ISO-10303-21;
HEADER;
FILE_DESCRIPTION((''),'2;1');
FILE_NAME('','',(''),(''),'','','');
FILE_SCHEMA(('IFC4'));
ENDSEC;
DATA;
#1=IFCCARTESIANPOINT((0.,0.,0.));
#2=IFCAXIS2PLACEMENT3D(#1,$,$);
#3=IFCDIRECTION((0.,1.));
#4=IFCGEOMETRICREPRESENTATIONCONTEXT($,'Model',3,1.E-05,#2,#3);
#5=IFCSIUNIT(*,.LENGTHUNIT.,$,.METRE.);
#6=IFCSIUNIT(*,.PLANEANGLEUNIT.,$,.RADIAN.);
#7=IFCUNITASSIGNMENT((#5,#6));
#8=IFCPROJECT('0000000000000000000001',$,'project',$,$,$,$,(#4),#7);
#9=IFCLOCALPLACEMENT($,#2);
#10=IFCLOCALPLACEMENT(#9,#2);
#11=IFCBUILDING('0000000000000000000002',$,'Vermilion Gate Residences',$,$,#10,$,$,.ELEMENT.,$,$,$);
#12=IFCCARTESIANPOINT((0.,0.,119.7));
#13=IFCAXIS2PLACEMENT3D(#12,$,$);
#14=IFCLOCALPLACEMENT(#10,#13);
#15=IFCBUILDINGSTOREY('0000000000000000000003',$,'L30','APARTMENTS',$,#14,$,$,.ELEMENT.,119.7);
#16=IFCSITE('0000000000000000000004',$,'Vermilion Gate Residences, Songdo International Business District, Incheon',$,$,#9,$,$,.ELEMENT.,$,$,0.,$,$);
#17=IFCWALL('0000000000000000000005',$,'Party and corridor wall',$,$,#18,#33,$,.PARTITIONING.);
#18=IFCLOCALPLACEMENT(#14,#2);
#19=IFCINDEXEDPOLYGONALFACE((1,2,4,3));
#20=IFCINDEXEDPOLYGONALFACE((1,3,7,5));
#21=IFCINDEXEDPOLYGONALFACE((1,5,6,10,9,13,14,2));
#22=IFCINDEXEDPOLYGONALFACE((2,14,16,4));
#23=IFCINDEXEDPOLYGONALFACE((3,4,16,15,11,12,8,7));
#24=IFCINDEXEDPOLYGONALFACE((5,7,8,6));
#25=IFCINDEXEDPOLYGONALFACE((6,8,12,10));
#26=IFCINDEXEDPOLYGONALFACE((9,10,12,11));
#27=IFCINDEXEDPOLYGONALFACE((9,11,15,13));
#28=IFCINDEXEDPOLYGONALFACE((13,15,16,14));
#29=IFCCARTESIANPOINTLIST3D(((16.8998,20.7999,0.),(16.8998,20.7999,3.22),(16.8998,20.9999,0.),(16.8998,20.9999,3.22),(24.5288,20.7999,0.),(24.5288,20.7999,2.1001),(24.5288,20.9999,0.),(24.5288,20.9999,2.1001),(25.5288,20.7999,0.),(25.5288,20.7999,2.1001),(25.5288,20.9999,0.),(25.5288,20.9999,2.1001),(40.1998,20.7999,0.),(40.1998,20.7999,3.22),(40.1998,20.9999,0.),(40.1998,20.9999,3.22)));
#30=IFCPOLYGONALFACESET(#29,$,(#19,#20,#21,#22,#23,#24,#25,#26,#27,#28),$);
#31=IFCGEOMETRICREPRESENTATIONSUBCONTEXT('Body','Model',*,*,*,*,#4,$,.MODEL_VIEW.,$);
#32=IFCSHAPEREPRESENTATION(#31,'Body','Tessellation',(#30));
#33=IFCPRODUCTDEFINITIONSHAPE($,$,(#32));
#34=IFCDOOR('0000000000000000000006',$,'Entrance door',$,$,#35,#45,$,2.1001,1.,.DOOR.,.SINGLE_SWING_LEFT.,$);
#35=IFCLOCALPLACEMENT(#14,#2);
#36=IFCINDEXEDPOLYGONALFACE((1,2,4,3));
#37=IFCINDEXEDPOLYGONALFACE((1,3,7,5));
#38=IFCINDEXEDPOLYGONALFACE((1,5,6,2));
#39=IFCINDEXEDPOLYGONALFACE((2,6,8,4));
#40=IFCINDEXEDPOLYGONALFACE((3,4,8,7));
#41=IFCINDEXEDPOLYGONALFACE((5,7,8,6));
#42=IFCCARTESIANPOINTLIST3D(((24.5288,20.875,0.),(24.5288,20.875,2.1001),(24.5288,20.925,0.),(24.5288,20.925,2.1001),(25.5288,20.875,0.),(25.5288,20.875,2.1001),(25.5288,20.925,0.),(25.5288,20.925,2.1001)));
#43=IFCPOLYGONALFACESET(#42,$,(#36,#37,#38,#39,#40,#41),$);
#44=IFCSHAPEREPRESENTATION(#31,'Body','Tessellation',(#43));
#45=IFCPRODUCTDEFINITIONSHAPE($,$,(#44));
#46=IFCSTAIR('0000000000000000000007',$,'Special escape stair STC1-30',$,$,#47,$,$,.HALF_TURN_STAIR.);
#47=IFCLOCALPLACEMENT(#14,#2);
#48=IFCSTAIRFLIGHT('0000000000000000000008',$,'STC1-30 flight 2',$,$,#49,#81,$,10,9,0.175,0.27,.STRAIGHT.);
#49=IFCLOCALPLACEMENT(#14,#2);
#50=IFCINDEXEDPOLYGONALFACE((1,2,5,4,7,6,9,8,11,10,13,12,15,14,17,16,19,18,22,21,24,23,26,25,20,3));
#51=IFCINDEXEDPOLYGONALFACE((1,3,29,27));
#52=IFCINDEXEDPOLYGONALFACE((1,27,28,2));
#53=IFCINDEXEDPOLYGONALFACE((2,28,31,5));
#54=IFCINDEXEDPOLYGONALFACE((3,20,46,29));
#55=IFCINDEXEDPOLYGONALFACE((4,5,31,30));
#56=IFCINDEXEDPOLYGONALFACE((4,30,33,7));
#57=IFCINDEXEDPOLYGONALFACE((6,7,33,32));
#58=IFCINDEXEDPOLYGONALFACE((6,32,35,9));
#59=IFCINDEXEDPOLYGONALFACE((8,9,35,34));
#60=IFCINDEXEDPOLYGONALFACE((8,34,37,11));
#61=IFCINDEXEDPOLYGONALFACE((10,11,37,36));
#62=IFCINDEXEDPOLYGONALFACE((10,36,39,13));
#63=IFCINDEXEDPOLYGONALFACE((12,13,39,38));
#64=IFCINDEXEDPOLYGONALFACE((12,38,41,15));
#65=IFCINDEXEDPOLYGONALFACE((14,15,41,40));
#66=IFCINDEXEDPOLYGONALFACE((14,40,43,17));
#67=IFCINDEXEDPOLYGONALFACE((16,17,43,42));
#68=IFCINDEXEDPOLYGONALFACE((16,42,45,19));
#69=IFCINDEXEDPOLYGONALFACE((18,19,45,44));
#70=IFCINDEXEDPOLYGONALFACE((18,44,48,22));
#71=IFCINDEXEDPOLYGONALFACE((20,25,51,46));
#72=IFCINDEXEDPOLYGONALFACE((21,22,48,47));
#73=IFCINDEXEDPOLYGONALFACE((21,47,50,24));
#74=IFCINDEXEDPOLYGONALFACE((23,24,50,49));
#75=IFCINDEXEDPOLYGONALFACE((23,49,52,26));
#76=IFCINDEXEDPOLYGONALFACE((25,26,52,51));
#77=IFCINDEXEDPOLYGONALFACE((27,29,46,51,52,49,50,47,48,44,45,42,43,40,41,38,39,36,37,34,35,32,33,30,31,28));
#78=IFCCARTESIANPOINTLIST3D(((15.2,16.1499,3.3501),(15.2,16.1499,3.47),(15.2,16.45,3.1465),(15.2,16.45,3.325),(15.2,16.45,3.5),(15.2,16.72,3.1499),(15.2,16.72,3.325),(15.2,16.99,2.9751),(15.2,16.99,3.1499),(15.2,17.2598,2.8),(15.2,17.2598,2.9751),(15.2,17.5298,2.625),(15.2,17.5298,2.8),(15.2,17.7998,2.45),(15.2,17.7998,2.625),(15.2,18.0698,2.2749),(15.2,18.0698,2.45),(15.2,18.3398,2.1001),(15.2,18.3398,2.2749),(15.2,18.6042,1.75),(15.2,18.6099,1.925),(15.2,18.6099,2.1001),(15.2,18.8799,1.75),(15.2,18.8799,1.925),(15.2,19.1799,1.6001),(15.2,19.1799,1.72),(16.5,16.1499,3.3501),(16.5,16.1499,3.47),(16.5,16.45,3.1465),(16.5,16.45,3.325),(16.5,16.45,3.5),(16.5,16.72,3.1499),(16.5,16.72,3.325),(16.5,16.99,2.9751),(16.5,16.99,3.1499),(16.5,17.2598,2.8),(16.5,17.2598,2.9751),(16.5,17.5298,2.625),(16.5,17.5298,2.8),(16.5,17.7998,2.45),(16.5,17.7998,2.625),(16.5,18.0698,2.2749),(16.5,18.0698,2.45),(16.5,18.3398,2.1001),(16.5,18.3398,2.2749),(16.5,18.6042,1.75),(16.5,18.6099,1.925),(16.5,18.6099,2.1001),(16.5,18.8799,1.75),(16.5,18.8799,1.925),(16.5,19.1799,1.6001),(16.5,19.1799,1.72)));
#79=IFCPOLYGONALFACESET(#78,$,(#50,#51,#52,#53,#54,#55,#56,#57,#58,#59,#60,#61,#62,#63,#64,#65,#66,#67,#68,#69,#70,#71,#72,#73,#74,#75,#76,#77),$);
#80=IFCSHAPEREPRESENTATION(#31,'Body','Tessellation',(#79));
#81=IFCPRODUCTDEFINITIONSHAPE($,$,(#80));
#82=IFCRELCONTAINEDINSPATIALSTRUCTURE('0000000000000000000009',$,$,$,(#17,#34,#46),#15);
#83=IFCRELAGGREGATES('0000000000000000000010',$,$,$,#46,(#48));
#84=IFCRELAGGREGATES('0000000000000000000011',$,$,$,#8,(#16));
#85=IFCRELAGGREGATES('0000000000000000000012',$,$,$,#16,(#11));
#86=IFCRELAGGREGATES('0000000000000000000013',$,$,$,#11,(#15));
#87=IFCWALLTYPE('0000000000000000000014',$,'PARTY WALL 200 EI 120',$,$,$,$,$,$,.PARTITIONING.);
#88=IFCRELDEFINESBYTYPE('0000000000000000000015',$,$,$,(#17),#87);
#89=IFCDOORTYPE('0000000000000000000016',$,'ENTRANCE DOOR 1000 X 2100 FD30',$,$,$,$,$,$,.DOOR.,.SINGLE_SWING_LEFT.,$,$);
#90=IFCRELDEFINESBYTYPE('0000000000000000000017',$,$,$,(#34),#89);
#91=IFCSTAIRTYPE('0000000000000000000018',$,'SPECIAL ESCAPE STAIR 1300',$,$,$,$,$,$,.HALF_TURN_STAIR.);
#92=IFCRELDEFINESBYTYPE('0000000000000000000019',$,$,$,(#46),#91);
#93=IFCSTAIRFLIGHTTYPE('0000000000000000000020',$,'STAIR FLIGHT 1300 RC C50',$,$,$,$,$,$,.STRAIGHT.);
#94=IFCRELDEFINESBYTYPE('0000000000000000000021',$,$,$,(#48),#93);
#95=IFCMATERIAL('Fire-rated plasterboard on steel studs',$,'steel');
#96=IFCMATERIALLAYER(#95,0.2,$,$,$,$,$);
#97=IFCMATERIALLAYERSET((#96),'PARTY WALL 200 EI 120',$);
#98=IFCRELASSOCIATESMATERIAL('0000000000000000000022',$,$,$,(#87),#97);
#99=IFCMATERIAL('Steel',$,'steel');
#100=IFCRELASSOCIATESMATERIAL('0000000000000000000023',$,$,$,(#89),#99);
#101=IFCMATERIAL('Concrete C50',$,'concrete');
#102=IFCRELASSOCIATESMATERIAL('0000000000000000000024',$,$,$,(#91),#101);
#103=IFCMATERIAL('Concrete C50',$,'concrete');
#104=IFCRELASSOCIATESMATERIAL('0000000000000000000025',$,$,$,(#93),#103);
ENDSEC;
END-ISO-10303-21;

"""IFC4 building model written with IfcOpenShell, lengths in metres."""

from ifc_helpers import new_model, si_unit, direction, frame, frame_2d, origin, place, context, subcontext, project, spatial, polyline, rectangle, outline, extrude, material, layer, layer_set, type_object, element, fill, aggregate, save


model = new_model("IFC4")

# Units and contexts
model_context = context("Model", 3, precision=1e-05, world=origin(), true_north=direction((0.0, 1.0)))
body_context = subcontext(model_context, "Body", "Model", "MODEL_VIEW")
ifc_project = project(units=[si_unit("LENGTHUNIT", "METRE"), si_unit("PLANEANGLEUNIT", "RADIAN")], contexts=[model_context])

# Site, building, storey
site_placement = place(None, origin())
site = spatial("IfcSite", under=ifc_project, at=site_placement, Name="Vermilion Gate Residences, Songdo International Business District, Incheon", CompositionType="ELEMENT", RefElevation=0.0)
building_placement = place(site_placement, origin())
building = spatial("IfcBuilding", under=site, at=building_placement, Name="Vermilion Gate Residences", CompositionType="ELEMENT")
storey_placement = place(building_placement, frame((0.0, 0.0, 119.7)))
storey = spatial("IfcBuildingStorey", under=building, at=storey_placement, Name="L30", Description="APARTMENTS", CompositionType="ELEMENT", Elevation=119.7)

# Wall, opening, door
ifc_material_1 = material(Name="Fire-rated plasterboard on steel studs", Category="steel")
ifc_layer_1 = layer(ifc_material_1, 0.2)
ifc_layer_set_1 = layer_set([ifc_layer_1], Name="PARTY WALL 200 EI 120")
wall_type_1 = type_object("IfcWallType", Name="PARTY WALL 200 EI 120", PredefinedType="PARTITIONING", material=ifc_layer_set_1)
wall_1_placement = place(storey_placement, frame((16.8999, 20.8999, 0.0), z_axis=(0.0, 0.0, 1.0), x_axis=(1.0, 0.0, 0.0)))
wall_1 = element("IfcWall", 1, at=wall_1_placement, inside=storey, type_object=wall_type_1, Name="Party and corridor wall", PredefinedType="PARTITIONING", context=body_context, shape_type="SweptSolid", body=[
    extrude(rectangle(XDim=23.3, YDim=0.2, at=frame_2d((11.6499, 0.0))), origin(), (0.0, 0.0, 1.0), 3.22),
])
opening_1_placement = place(wall_1_placement, frame((7.6289, 0.0, 0.0)))
opening_1 = element("IfcOpeningElement", 2, at=opening_1_placement, cuts=wall_1, PredefinedType="OPENING", context=body_context, shape_type="SweptSolid", body=[
    extrude(rectangle(XDim=1.0, YDim=2.1001, at=frame_2d((0.5, 1.05))), frame((0.0, 0.1099, 0.0), z_axis=(0.0, -1.0, 0.0), x_axis=(1.0, 0.0, 0.0)), (0.0, 0.0, 1.0), 0.22),
])
ifc_material_2 = material(Name="Steel", Category="steel")
door_type_1 = type_object("IfcDoorType", Name="ENTRANCE DOOR 1000 X 2100 FD30", OperationType="SINGLE_SWING_LEFT", PredefinedType="DOOR", material=ifc_material_2)
door_1_placement = place(opening_1_placement, frame((1.0, 0.0, 0.0), z_axis=(0.0, 0.0, 1.0), x_axis=(-1.0, 0.0, 0.0)))
door_1 = element("IfcDoor", 3, at=door_1_placement, inside=storey, type_object=door_type_1, Name="Entrance door", OperationType="SINGLE_SWING_LEFT", OverallHeight=2.1001, OverallWidth=1.0, PredefinedType="DOOR", context=body_context, shape_type="SweptSolid", body=[
    extrude(rectangle(XDim=1.0, YDim=2.1001, at=frame_2d((0.5, 1.05))), frame((0.0, 0.0249, 0.0), z_axis=(0.0, -1.0, 0.0), x_axis=(1.0, 0.0, 0.0)), (0.0, 0.0, 1.0), 0.05),
])
fill(opening_1, door_1)

# Stair, stair flight
ifc_material_3 = material(Name="Concrete C50", Category="concrete")
stair_type = type_object("IfcStairType", Name="SPECIAL ESCAPE STAIR 1300", PredefinedType="HALF_TURN_STAIR", material=ifc_material_3)
stair_placement = place(storey_placement, origin())
stair = element("IfcStair", 4, at=stair_placement, inside=storey, type_object=stair_type, Name="Special escape stair STC1-30", PredefinedType="HALF_TURN_STAIR")
ifc_material_4 = material(Name="Concrete C50", Category="concrete")
stair_flight_type = type_object("IfcStairFlightType", Name="STAIR FLIGHT 1300 RC C50", PredefinedType="STRAIGHT", material=ifc_material_4)
stair_flight_placement = place(storey_placement, frame((15.8501, 18.8799, 1.75), z_axis=(0.0, 0.0, 1.0), x_axis=(0.0, -1.0, 0.0)))
stair_flight = element("IfcStairFlight", 5, at=stair_flight_placement, type_object=stair_flight_type, Name="STC1-30 flight 2", NumberOfRisers=10, NumberOfTreads=9, PredefinedType="STRAIGHT", RiserHeight=0.175, TreadLength=0.27, context=body_context, shape_type="SweptSolid", body=[
    extrude(outline(polyline([(-0.3, -0.1499), (-0.3, -0.03), (0.0, 0.0), (0.0, 0.175), (0.27, 0.175), (0.27, 0.3501), (0.54, 0.3501), (0.54, 0.5249), (0.8101, 0.5249), (0.8101, 0.7), (1.0801, 0.7), (1.0801, 0.875), (1.3501, 0.875), (1.3501, 1.05), (1.6201, 1.05), (1.6201, 1.2251), (1.8899, 1.2251), (1.8899, 1.3999), (2.1599, 1.3999), (2.1599, 1.575), (2.4299, 1.575), (2.4299, 1.75), (2.73, 1.72), (2.73, 1.6001), (2.4299, 1.3965), (0.2756, 0.0), (-0.3, -0.1499)])), frame((0.0, 0.6499, 0.0), z_axis=(0.0, -1.0, 0.0), x_axis=(1.0, 0.0, 0.0)), (0.0, 0.0, 1.0), 1.3),
])
aggregate(stair, [stair_flight])

save(model, "model.ifc")
